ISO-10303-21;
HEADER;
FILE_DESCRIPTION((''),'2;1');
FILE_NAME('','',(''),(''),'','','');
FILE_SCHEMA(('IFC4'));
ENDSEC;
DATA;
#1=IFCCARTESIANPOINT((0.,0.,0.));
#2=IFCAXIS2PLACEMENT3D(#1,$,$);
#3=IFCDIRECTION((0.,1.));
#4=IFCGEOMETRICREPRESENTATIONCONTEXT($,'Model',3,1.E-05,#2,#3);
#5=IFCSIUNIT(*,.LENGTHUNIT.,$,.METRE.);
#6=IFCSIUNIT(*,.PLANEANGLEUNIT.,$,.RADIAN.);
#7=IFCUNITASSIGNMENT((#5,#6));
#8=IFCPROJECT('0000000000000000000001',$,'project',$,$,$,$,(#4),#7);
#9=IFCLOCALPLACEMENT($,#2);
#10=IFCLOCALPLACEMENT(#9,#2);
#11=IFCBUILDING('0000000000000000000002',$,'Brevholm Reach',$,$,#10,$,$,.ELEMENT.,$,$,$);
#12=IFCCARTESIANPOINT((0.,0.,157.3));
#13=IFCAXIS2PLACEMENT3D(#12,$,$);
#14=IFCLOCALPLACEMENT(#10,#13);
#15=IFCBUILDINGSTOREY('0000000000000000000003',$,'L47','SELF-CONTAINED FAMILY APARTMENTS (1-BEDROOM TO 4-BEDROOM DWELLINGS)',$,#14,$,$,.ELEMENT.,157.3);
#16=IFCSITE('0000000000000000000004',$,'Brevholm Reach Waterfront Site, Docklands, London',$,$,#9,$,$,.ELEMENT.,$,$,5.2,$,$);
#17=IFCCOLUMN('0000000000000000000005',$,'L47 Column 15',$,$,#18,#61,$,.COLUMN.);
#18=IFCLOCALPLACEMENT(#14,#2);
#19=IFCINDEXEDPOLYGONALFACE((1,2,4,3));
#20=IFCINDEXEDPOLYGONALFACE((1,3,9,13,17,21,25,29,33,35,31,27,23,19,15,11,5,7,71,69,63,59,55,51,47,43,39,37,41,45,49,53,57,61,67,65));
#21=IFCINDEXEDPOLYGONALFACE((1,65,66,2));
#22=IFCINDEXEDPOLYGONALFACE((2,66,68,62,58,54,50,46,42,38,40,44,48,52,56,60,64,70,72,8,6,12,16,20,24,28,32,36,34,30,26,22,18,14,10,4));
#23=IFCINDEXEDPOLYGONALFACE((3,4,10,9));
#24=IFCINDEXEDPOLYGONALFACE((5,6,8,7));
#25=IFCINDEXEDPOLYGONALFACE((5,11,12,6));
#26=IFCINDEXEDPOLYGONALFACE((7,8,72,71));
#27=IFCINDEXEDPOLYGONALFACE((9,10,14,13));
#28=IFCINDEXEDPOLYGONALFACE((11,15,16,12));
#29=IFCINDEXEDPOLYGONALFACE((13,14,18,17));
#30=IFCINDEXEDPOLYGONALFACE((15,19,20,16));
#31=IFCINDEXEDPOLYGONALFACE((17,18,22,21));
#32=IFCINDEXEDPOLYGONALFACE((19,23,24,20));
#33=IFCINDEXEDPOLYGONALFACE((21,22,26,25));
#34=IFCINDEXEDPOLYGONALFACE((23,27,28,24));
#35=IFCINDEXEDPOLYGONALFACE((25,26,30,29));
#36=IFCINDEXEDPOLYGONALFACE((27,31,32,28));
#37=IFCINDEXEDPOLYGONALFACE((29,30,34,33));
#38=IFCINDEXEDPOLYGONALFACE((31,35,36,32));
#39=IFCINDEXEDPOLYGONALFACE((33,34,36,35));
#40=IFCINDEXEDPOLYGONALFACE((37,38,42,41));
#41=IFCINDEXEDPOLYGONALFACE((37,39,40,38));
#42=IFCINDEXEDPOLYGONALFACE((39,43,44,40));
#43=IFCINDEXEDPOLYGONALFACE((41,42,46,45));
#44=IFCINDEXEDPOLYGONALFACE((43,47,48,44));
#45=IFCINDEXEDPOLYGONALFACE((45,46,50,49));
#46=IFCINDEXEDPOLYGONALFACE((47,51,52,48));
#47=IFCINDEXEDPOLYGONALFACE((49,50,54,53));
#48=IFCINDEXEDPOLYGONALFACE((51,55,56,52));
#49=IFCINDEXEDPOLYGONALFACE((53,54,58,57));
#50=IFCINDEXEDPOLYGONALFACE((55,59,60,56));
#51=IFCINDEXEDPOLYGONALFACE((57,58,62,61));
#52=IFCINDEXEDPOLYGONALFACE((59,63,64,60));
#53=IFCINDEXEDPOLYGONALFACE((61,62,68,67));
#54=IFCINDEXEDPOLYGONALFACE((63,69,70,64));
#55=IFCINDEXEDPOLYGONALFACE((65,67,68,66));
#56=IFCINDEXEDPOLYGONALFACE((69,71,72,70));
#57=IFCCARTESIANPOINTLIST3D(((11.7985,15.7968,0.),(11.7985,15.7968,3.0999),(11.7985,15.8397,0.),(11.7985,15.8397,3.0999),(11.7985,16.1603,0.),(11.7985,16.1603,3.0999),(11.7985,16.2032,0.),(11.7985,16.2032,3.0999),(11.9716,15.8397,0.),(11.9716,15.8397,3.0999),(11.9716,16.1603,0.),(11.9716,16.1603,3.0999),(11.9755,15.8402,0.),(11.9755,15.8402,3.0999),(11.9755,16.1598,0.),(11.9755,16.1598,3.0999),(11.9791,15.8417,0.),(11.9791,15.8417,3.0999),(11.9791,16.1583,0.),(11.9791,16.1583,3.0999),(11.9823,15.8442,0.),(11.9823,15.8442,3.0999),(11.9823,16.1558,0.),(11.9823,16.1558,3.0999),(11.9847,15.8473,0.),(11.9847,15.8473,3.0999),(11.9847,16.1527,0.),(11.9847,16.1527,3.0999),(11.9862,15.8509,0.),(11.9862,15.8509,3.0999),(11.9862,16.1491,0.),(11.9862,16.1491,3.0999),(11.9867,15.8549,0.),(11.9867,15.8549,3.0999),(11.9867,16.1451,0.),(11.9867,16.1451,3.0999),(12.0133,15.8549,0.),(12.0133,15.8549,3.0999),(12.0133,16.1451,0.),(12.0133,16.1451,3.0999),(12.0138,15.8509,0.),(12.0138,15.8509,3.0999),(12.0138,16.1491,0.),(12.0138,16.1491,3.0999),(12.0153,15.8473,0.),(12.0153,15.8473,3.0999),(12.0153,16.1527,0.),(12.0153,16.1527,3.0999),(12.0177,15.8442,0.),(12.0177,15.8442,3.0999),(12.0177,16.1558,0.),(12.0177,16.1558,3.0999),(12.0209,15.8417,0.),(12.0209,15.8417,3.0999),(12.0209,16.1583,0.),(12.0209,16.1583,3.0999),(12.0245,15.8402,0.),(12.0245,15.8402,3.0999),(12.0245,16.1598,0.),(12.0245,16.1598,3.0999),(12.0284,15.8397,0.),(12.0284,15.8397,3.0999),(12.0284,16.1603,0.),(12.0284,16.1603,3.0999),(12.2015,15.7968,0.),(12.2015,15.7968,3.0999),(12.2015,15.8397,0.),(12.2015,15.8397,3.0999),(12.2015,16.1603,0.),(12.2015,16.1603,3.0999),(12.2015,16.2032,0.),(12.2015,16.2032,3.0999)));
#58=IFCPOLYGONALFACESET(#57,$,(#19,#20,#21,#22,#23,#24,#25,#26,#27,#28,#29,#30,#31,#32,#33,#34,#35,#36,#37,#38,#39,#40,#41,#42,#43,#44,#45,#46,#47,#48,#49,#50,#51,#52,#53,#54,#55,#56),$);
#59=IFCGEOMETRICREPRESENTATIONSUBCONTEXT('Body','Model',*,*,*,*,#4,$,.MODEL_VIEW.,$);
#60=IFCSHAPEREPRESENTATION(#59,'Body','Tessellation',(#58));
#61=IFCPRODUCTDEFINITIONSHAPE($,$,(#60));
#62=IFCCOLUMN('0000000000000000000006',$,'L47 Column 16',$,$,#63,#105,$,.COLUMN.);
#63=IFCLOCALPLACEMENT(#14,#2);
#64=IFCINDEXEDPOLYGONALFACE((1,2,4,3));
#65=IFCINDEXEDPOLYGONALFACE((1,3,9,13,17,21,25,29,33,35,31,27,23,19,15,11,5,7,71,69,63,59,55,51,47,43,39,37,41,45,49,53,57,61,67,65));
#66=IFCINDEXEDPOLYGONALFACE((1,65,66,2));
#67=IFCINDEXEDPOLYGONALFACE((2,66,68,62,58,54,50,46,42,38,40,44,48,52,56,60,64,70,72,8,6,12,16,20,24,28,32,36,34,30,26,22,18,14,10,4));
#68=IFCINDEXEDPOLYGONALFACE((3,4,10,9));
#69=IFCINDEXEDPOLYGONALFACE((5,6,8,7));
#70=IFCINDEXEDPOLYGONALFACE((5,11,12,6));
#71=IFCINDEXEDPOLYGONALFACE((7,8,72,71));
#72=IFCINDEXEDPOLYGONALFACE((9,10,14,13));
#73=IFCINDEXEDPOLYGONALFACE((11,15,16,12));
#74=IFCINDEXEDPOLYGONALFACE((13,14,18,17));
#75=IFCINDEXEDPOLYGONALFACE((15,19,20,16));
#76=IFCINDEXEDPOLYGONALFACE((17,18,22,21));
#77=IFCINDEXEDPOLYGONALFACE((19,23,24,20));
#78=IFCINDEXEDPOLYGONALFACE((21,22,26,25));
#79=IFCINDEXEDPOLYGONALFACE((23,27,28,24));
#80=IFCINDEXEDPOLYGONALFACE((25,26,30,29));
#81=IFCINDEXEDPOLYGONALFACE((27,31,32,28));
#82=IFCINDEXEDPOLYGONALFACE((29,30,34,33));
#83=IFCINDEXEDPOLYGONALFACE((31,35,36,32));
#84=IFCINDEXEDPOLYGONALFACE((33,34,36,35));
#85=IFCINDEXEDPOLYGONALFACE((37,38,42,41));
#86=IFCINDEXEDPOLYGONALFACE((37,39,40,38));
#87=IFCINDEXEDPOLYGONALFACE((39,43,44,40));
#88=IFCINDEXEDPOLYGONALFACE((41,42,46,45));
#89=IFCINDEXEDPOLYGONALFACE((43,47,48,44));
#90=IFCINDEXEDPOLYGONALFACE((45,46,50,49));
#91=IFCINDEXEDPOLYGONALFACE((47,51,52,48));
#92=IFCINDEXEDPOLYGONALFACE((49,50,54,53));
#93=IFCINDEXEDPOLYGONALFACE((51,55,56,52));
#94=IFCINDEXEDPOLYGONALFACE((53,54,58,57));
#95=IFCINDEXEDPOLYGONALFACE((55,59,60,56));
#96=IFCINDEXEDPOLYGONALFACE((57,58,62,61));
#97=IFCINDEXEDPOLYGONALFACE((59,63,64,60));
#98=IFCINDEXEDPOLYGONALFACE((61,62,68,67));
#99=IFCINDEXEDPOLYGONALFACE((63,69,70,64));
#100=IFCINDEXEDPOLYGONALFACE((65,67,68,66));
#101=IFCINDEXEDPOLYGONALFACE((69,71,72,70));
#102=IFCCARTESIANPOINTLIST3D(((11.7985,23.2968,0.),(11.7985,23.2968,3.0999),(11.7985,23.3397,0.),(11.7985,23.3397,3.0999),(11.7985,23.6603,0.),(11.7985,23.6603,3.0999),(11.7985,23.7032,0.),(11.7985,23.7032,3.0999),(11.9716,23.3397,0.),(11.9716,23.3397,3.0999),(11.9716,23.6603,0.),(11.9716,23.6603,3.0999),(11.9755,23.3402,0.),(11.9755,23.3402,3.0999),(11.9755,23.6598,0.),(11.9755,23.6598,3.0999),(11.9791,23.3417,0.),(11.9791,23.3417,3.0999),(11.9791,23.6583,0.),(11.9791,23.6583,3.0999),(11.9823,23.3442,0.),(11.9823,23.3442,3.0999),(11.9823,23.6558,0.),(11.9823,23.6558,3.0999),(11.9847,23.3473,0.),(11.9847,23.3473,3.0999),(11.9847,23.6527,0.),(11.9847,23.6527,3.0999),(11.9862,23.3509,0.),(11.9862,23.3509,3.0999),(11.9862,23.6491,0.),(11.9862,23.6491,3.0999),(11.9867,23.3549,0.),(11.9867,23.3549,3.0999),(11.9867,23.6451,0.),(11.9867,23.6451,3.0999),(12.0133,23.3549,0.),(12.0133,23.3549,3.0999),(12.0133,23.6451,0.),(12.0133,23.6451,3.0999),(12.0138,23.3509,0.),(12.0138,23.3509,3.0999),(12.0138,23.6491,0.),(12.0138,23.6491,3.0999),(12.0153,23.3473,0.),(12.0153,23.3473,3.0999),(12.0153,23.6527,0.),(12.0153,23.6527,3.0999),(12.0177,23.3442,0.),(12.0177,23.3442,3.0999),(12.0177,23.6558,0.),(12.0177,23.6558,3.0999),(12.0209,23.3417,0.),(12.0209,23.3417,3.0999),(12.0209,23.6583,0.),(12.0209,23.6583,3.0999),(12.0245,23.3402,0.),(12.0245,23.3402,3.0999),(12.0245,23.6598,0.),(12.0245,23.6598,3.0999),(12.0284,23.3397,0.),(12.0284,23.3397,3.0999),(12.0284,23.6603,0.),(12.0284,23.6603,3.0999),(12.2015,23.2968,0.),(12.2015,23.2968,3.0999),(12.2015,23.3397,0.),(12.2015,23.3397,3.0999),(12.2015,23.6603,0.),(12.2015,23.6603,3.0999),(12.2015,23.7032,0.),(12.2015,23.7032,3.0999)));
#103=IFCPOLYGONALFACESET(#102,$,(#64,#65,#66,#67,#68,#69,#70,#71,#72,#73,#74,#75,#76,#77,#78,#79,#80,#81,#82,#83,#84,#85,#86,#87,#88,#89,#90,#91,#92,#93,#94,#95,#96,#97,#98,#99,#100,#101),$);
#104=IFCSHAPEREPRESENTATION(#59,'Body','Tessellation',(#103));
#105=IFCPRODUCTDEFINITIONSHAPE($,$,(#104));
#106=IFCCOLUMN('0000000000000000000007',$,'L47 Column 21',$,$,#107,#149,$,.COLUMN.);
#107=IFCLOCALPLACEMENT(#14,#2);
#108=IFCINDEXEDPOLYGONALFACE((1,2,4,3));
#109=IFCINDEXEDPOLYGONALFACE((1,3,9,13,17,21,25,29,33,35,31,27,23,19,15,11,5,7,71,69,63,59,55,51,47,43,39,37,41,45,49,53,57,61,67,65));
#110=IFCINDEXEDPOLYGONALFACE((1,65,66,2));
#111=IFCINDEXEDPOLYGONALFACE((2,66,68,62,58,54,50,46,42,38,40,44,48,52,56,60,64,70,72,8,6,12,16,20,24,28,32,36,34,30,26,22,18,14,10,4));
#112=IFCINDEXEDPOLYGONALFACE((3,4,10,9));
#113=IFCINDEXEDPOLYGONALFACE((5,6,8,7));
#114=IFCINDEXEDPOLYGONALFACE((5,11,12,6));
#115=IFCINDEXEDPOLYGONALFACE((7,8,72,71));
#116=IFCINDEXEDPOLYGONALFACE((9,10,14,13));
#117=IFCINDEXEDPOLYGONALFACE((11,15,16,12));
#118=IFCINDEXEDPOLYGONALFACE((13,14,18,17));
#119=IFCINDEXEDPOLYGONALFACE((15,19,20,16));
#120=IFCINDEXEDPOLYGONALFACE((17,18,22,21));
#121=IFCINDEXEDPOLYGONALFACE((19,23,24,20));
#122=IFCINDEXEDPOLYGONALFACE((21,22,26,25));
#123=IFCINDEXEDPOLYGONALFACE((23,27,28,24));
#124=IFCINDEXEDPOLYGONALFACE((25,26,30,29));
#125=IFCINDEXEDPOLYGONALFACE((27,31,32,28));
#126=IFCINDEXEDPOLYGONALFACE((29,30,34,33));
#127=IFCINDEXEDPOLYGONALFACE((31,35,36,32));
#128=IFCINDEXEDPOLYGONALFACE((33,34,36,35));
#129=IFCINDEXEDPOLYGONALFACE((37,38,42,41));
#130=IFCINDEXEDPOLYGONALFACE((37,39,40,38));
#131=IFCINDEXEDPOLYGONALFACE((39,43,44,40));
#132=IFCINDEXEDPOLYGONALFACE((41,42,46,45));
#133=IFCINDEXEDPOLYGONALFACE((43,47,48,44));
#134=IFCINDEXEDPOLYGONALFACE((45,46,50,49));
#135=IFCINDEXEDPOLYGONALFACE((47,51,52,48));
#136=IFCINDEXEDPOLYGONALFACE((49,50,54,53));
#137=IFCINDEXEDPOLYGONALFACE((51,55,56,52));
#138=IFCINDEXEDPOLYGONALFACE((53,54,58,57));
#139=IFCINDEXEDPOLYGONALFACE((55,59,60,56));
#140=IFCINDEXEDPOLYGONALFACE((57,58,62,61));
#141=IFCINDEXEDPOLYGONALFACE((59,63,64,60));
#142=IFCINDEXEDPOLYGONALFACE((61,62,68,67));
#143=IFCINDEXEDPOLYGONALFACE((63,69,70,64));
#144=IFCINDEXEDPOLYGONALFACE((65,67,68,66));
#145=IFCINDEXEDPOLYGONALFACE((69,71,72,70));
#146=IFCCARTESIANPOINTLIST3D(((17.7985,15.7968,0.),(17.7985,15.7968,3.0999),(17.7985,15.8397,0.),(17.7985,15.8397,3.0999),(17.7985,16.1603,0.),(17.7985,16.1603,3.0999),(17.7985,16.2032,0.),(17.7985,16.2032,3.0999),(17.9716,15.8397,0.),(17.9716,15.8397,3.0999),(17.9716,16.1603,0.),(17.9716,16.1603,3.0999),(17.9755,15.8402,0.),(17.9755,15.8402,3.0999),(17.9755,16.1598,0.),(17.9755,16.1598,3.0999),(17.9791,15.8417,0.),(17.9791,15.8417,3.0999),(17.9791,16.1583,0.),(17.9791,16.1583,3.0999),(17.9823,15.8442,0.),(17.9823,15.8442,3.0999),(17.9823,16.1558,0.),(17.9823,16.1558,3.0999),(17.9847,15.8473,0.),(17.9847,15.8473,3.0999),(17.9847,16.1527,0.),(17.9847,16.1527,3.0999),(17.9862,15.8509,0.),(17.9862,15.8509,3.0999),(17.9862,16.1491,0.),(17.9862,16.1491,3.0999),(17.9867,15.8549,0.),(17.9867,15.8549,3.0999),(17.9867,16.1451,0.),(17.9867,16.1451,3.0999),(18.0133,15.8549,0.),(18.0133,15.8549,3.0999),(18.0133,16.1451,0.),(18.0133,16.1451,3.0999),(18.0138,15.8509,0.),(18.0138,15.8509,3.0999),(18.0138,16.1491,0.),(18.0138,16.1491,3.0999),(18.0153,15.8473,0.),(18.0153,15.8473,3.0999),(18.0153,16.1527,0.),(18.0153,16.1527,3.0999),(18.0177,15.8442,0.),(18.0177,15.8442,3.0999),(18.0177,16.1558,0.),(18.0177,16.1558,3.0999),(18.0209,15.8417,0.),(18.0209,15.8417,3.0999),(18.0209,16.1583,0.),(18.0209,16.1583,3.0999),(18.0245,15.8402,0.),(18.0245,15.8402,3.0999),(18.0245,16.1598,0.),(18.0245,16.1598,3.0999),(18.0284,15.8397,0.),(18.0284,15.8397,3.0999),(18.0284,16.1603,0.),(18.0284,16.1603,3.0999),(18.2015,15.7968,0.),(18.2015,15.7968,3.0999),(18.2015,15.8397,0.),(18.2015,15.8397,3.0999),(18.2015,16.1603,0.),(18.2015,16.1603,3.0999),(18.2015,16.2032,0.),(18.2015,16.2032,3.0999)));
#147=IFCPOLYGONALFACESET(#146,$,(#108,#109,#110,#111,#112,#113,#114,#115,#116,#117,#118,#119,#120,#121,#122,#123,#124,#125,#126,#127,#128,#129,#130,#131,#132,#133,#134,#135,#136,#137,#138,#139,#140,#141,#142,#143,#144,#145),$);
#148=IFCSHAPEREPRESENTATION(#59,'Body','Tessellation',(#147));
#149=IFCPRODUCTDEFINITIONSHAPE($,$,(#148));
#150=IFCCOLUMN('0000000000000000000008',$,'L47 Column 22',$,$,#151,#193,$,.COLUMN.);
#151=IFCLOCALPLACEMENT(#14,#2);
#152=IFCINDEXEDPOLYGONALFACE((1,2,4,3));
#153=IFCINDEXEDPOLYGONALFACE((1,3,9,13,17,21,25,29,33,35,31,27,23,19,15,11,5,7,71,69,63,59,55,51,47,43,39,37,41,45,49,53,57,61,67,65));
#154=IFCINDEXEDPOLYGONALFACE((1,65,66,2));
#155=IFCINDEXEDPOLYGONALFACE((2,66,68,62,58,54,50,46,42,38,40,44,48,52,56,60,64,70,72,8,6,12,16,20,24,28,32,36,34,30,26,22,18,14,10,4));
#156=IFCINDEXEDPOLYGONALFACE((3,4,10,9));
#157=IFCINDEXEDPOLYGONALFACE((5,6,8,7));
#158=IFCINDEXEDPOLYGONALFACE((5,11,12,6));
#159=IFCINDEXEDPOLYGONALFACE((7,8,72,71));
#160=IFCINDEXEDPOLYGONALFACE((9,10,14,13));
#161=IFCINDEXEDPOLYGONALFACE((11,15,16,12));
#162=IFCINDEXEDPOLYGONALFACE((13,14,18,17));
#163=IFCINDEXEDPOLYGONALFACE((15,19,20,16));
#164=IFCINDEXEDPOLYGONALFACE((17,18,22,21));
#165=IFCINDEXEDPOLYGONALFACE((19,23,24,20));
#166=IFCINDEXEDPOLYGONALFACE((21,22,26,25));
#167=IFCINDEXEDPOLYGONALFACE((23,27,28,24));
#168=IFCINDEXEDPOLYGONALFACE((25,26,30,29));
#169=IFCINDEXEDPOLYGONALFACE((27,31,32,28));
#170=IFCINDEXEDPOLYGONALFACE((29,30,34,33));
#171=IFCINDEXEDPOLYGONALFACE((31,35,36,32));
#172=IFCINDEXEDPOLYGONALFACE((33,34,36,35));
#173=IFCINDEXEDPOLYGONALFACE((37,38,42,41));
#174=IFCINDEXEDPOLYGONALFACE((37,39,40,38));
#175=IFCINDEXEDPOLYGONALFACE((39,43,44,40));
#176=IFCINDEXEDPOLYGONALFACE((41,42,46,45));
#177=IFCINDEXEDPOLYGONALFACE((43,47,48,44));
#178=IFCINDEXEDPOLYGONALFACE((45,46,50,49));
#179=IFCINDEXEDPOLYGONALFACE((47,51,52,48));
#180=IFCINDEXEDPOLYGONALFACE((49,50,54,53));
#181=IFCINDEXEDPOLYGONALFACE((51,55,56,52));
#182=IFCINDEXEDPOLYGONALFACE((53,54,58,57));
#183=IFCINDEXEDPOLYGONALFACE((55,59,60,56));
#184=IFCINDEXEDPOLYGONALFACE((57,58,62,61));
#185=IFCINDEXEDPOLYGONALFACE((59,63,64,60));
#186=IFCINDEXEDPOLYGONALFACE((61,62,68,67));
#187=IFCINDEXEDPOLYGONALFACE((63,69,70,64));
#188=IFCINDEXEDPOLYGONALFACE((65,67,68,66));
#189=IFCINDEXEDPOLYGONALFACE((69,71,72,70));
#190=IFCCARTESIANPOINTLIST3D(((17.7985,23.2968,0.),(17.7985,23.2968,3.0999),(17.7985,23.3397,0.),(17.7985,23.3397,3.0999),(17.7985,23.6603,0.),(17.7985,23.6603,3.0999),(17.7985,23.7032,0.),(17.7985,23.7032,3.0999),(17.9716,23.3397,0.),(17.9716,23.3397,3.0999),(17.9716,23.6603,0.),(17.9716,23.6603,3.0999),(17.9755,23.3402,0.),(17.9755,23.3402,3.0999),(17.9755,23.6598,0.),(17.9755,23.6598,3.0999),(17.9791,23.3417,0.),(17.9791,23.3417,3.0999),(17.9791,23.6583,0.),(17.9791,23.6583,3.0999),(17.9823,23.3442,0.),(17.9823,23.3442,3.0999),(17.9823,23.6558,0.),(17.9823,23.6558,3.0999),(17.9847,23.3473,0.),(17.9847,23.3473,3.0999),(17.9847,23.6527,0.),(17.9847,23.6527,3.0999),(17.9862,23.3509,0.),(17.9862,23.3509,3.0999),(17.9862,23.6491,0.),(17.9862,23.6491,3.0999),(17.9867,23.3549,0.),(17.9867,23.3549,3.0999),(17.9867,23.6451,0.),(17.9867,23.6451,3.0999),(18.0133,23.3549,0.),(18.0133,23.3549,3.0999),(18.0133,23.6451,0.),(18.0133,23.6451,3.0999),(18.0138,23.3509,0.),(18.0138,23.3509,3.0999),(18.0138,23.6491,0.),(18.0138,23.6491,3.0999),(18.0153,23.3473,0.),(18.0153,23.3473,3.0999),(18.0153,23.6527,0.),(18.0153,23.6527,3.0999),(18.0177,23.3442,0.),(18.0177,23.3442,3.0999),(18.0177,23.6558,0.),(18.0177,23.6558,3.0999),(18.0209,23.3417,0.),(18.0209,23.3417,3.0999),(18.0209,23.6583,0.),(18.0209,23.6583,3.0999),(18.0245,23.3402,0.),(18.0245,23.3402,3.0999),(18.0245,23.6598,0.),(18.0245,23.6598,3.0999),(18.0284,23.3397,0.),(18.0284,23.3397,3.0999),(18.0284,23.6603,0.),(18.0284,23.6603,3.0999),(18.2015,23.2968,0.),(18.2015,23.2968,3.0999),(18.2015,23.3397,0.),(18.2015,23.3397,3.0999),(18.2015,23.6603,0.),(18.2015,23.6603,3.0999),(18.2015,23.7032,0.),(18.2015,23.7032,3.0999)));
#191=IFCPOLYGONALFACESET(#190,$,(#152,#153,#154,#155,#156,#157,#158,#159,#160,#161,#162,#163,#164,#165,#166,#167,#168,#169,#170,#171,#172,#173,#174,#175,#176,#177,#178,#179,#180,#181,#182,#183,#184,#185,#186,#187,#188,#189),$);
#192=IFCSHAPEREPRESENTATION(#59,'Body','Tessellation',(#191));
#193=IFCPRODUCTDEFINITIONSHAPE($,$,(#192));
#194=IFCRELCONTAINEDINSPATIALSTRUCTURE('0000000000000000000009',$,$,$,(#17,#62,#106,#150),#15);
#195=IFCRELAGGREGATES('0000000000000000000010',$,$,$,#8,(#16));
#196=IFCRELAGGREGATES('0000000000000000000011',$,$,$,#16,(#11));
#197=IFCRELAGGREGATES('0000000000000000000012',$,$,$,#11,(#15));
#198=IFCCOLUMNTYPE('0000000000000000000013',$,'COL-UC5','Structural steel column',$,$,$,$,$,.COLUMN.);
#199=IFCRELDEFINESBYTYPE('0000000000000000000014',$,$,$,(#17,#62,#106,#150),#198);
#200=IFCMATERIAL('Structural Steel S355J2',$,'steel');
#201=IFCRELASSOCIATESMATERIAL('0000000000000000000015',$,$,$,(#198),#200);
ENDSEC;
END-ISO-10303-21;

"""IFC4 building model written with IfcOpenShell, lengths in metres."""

from ifc_helpers import new_model, si_unit, direction, frame, origin, origin_2d, place, context, subcontext, project, spatial, i_section, extrude, material, material_profile, profile_set, type_object, element, save


model = new_model("IFC4")

# Units and contexts
model_context = context("Model", 3, precision=1e-05, world=origin(), true_north=direction((0.0, 1.0)))
body_context = subcontext(model_context, "Body", "Model", "MODEL_VIEW")
ifc_project = project(units=[si_unit("LENGTHUNIT", "METRE"), si_unit("PLANEANGLEUNIT", "RADIAN")], contexts=[model_context])

# Site, building, storey
site_placement = place(None, origin())
site = spatial("IfcSite", under=ifc_project, at=site_placement, Name="Brevholm Reach Waterfront Site, Docklands, London", CompositionType="ELEMENT", RefElevation=5.2)
building_placement = place(site_placement, origin())
building = spatial("IfcBuilding", under=site, at=building_placement, Name="Brevholm Reach", CompositionType="ELEMENT")
storey_placement = place(building_placement, frame((0.0, 0.0, 157.3)))
storey = spatial("IfcBuildingStorey", under=building, at=storey_placement, Name="L47", Description="SELF-CONTAINED FAMILY APARTMENTS (1-BEDROOM TO 4-BEDROOM DWELLINGS)", CompositionType="ELEMENT", Elevation=157.3)

# Columns
ifc_material_1 = material(Name="Structural Steel S355J2", Category="steel")
ifc_material_profile_1 = material_profile(ifc_material_1, i_section(OverallWidth=0.4031, OverallDepth=0.4065, WebThickness=0.0266, FlangeThickness=0.043, FilletRadius=0.0151, at=origin_2d()), Name="UKC 356x406x340")
ifc_profile_set_1 = profile_set([ifc_material_profile_1], Name="Structural Steel S355J2")
column_type = type_object("IfcColumnType", Name="COL-UC5", Description="Structural steel column", PredefinedType="COLUMN", material=ifc_profile_set_1)
for number, where, z_axis, x_axis, name in (
    (1, (12.0, 16.0, 0.0), (0.0, 0.0, 1.0), (1.0, 0.0, 0.0), "L47 Column 15"),
    (2, (12.0, 23.5, 0.0), (0.0, 0.0, 1.0), (1.0, 0.0, 0.0), "L47 Column 16"),
    (3, (18.0, 16.0, 0.0), (0.0, 0.0, 1.0), (1.0, 0.0, 0.0), "L47 Column 21"),
    (4, (18.0, 23.5, 0.0), (0.0, 0.0, 1.0), (1.0, 0.0, 0.0), "L47 Column 22"),
):
    element("IfcColumn", number, at=place(storey_placement, frame(where, z_axis=z_axis, x_axis=x_axis)), inside=storey, type_object=column_type, Name=name, PredefinedType="COLUMN", context=body_context, shape_type="SweptSolid", body=[
        extrude(i_section(OverallWidth=0.4031, OverallDepth=0.4065, WebThickness=0.0266, FlangeThickness=0.043, FilletRadius=0.0151, at=origin_2d()), origin(), (0.0, 0.0, 1.0), 3.0999),
    ])

save(model, "model.ifc")
